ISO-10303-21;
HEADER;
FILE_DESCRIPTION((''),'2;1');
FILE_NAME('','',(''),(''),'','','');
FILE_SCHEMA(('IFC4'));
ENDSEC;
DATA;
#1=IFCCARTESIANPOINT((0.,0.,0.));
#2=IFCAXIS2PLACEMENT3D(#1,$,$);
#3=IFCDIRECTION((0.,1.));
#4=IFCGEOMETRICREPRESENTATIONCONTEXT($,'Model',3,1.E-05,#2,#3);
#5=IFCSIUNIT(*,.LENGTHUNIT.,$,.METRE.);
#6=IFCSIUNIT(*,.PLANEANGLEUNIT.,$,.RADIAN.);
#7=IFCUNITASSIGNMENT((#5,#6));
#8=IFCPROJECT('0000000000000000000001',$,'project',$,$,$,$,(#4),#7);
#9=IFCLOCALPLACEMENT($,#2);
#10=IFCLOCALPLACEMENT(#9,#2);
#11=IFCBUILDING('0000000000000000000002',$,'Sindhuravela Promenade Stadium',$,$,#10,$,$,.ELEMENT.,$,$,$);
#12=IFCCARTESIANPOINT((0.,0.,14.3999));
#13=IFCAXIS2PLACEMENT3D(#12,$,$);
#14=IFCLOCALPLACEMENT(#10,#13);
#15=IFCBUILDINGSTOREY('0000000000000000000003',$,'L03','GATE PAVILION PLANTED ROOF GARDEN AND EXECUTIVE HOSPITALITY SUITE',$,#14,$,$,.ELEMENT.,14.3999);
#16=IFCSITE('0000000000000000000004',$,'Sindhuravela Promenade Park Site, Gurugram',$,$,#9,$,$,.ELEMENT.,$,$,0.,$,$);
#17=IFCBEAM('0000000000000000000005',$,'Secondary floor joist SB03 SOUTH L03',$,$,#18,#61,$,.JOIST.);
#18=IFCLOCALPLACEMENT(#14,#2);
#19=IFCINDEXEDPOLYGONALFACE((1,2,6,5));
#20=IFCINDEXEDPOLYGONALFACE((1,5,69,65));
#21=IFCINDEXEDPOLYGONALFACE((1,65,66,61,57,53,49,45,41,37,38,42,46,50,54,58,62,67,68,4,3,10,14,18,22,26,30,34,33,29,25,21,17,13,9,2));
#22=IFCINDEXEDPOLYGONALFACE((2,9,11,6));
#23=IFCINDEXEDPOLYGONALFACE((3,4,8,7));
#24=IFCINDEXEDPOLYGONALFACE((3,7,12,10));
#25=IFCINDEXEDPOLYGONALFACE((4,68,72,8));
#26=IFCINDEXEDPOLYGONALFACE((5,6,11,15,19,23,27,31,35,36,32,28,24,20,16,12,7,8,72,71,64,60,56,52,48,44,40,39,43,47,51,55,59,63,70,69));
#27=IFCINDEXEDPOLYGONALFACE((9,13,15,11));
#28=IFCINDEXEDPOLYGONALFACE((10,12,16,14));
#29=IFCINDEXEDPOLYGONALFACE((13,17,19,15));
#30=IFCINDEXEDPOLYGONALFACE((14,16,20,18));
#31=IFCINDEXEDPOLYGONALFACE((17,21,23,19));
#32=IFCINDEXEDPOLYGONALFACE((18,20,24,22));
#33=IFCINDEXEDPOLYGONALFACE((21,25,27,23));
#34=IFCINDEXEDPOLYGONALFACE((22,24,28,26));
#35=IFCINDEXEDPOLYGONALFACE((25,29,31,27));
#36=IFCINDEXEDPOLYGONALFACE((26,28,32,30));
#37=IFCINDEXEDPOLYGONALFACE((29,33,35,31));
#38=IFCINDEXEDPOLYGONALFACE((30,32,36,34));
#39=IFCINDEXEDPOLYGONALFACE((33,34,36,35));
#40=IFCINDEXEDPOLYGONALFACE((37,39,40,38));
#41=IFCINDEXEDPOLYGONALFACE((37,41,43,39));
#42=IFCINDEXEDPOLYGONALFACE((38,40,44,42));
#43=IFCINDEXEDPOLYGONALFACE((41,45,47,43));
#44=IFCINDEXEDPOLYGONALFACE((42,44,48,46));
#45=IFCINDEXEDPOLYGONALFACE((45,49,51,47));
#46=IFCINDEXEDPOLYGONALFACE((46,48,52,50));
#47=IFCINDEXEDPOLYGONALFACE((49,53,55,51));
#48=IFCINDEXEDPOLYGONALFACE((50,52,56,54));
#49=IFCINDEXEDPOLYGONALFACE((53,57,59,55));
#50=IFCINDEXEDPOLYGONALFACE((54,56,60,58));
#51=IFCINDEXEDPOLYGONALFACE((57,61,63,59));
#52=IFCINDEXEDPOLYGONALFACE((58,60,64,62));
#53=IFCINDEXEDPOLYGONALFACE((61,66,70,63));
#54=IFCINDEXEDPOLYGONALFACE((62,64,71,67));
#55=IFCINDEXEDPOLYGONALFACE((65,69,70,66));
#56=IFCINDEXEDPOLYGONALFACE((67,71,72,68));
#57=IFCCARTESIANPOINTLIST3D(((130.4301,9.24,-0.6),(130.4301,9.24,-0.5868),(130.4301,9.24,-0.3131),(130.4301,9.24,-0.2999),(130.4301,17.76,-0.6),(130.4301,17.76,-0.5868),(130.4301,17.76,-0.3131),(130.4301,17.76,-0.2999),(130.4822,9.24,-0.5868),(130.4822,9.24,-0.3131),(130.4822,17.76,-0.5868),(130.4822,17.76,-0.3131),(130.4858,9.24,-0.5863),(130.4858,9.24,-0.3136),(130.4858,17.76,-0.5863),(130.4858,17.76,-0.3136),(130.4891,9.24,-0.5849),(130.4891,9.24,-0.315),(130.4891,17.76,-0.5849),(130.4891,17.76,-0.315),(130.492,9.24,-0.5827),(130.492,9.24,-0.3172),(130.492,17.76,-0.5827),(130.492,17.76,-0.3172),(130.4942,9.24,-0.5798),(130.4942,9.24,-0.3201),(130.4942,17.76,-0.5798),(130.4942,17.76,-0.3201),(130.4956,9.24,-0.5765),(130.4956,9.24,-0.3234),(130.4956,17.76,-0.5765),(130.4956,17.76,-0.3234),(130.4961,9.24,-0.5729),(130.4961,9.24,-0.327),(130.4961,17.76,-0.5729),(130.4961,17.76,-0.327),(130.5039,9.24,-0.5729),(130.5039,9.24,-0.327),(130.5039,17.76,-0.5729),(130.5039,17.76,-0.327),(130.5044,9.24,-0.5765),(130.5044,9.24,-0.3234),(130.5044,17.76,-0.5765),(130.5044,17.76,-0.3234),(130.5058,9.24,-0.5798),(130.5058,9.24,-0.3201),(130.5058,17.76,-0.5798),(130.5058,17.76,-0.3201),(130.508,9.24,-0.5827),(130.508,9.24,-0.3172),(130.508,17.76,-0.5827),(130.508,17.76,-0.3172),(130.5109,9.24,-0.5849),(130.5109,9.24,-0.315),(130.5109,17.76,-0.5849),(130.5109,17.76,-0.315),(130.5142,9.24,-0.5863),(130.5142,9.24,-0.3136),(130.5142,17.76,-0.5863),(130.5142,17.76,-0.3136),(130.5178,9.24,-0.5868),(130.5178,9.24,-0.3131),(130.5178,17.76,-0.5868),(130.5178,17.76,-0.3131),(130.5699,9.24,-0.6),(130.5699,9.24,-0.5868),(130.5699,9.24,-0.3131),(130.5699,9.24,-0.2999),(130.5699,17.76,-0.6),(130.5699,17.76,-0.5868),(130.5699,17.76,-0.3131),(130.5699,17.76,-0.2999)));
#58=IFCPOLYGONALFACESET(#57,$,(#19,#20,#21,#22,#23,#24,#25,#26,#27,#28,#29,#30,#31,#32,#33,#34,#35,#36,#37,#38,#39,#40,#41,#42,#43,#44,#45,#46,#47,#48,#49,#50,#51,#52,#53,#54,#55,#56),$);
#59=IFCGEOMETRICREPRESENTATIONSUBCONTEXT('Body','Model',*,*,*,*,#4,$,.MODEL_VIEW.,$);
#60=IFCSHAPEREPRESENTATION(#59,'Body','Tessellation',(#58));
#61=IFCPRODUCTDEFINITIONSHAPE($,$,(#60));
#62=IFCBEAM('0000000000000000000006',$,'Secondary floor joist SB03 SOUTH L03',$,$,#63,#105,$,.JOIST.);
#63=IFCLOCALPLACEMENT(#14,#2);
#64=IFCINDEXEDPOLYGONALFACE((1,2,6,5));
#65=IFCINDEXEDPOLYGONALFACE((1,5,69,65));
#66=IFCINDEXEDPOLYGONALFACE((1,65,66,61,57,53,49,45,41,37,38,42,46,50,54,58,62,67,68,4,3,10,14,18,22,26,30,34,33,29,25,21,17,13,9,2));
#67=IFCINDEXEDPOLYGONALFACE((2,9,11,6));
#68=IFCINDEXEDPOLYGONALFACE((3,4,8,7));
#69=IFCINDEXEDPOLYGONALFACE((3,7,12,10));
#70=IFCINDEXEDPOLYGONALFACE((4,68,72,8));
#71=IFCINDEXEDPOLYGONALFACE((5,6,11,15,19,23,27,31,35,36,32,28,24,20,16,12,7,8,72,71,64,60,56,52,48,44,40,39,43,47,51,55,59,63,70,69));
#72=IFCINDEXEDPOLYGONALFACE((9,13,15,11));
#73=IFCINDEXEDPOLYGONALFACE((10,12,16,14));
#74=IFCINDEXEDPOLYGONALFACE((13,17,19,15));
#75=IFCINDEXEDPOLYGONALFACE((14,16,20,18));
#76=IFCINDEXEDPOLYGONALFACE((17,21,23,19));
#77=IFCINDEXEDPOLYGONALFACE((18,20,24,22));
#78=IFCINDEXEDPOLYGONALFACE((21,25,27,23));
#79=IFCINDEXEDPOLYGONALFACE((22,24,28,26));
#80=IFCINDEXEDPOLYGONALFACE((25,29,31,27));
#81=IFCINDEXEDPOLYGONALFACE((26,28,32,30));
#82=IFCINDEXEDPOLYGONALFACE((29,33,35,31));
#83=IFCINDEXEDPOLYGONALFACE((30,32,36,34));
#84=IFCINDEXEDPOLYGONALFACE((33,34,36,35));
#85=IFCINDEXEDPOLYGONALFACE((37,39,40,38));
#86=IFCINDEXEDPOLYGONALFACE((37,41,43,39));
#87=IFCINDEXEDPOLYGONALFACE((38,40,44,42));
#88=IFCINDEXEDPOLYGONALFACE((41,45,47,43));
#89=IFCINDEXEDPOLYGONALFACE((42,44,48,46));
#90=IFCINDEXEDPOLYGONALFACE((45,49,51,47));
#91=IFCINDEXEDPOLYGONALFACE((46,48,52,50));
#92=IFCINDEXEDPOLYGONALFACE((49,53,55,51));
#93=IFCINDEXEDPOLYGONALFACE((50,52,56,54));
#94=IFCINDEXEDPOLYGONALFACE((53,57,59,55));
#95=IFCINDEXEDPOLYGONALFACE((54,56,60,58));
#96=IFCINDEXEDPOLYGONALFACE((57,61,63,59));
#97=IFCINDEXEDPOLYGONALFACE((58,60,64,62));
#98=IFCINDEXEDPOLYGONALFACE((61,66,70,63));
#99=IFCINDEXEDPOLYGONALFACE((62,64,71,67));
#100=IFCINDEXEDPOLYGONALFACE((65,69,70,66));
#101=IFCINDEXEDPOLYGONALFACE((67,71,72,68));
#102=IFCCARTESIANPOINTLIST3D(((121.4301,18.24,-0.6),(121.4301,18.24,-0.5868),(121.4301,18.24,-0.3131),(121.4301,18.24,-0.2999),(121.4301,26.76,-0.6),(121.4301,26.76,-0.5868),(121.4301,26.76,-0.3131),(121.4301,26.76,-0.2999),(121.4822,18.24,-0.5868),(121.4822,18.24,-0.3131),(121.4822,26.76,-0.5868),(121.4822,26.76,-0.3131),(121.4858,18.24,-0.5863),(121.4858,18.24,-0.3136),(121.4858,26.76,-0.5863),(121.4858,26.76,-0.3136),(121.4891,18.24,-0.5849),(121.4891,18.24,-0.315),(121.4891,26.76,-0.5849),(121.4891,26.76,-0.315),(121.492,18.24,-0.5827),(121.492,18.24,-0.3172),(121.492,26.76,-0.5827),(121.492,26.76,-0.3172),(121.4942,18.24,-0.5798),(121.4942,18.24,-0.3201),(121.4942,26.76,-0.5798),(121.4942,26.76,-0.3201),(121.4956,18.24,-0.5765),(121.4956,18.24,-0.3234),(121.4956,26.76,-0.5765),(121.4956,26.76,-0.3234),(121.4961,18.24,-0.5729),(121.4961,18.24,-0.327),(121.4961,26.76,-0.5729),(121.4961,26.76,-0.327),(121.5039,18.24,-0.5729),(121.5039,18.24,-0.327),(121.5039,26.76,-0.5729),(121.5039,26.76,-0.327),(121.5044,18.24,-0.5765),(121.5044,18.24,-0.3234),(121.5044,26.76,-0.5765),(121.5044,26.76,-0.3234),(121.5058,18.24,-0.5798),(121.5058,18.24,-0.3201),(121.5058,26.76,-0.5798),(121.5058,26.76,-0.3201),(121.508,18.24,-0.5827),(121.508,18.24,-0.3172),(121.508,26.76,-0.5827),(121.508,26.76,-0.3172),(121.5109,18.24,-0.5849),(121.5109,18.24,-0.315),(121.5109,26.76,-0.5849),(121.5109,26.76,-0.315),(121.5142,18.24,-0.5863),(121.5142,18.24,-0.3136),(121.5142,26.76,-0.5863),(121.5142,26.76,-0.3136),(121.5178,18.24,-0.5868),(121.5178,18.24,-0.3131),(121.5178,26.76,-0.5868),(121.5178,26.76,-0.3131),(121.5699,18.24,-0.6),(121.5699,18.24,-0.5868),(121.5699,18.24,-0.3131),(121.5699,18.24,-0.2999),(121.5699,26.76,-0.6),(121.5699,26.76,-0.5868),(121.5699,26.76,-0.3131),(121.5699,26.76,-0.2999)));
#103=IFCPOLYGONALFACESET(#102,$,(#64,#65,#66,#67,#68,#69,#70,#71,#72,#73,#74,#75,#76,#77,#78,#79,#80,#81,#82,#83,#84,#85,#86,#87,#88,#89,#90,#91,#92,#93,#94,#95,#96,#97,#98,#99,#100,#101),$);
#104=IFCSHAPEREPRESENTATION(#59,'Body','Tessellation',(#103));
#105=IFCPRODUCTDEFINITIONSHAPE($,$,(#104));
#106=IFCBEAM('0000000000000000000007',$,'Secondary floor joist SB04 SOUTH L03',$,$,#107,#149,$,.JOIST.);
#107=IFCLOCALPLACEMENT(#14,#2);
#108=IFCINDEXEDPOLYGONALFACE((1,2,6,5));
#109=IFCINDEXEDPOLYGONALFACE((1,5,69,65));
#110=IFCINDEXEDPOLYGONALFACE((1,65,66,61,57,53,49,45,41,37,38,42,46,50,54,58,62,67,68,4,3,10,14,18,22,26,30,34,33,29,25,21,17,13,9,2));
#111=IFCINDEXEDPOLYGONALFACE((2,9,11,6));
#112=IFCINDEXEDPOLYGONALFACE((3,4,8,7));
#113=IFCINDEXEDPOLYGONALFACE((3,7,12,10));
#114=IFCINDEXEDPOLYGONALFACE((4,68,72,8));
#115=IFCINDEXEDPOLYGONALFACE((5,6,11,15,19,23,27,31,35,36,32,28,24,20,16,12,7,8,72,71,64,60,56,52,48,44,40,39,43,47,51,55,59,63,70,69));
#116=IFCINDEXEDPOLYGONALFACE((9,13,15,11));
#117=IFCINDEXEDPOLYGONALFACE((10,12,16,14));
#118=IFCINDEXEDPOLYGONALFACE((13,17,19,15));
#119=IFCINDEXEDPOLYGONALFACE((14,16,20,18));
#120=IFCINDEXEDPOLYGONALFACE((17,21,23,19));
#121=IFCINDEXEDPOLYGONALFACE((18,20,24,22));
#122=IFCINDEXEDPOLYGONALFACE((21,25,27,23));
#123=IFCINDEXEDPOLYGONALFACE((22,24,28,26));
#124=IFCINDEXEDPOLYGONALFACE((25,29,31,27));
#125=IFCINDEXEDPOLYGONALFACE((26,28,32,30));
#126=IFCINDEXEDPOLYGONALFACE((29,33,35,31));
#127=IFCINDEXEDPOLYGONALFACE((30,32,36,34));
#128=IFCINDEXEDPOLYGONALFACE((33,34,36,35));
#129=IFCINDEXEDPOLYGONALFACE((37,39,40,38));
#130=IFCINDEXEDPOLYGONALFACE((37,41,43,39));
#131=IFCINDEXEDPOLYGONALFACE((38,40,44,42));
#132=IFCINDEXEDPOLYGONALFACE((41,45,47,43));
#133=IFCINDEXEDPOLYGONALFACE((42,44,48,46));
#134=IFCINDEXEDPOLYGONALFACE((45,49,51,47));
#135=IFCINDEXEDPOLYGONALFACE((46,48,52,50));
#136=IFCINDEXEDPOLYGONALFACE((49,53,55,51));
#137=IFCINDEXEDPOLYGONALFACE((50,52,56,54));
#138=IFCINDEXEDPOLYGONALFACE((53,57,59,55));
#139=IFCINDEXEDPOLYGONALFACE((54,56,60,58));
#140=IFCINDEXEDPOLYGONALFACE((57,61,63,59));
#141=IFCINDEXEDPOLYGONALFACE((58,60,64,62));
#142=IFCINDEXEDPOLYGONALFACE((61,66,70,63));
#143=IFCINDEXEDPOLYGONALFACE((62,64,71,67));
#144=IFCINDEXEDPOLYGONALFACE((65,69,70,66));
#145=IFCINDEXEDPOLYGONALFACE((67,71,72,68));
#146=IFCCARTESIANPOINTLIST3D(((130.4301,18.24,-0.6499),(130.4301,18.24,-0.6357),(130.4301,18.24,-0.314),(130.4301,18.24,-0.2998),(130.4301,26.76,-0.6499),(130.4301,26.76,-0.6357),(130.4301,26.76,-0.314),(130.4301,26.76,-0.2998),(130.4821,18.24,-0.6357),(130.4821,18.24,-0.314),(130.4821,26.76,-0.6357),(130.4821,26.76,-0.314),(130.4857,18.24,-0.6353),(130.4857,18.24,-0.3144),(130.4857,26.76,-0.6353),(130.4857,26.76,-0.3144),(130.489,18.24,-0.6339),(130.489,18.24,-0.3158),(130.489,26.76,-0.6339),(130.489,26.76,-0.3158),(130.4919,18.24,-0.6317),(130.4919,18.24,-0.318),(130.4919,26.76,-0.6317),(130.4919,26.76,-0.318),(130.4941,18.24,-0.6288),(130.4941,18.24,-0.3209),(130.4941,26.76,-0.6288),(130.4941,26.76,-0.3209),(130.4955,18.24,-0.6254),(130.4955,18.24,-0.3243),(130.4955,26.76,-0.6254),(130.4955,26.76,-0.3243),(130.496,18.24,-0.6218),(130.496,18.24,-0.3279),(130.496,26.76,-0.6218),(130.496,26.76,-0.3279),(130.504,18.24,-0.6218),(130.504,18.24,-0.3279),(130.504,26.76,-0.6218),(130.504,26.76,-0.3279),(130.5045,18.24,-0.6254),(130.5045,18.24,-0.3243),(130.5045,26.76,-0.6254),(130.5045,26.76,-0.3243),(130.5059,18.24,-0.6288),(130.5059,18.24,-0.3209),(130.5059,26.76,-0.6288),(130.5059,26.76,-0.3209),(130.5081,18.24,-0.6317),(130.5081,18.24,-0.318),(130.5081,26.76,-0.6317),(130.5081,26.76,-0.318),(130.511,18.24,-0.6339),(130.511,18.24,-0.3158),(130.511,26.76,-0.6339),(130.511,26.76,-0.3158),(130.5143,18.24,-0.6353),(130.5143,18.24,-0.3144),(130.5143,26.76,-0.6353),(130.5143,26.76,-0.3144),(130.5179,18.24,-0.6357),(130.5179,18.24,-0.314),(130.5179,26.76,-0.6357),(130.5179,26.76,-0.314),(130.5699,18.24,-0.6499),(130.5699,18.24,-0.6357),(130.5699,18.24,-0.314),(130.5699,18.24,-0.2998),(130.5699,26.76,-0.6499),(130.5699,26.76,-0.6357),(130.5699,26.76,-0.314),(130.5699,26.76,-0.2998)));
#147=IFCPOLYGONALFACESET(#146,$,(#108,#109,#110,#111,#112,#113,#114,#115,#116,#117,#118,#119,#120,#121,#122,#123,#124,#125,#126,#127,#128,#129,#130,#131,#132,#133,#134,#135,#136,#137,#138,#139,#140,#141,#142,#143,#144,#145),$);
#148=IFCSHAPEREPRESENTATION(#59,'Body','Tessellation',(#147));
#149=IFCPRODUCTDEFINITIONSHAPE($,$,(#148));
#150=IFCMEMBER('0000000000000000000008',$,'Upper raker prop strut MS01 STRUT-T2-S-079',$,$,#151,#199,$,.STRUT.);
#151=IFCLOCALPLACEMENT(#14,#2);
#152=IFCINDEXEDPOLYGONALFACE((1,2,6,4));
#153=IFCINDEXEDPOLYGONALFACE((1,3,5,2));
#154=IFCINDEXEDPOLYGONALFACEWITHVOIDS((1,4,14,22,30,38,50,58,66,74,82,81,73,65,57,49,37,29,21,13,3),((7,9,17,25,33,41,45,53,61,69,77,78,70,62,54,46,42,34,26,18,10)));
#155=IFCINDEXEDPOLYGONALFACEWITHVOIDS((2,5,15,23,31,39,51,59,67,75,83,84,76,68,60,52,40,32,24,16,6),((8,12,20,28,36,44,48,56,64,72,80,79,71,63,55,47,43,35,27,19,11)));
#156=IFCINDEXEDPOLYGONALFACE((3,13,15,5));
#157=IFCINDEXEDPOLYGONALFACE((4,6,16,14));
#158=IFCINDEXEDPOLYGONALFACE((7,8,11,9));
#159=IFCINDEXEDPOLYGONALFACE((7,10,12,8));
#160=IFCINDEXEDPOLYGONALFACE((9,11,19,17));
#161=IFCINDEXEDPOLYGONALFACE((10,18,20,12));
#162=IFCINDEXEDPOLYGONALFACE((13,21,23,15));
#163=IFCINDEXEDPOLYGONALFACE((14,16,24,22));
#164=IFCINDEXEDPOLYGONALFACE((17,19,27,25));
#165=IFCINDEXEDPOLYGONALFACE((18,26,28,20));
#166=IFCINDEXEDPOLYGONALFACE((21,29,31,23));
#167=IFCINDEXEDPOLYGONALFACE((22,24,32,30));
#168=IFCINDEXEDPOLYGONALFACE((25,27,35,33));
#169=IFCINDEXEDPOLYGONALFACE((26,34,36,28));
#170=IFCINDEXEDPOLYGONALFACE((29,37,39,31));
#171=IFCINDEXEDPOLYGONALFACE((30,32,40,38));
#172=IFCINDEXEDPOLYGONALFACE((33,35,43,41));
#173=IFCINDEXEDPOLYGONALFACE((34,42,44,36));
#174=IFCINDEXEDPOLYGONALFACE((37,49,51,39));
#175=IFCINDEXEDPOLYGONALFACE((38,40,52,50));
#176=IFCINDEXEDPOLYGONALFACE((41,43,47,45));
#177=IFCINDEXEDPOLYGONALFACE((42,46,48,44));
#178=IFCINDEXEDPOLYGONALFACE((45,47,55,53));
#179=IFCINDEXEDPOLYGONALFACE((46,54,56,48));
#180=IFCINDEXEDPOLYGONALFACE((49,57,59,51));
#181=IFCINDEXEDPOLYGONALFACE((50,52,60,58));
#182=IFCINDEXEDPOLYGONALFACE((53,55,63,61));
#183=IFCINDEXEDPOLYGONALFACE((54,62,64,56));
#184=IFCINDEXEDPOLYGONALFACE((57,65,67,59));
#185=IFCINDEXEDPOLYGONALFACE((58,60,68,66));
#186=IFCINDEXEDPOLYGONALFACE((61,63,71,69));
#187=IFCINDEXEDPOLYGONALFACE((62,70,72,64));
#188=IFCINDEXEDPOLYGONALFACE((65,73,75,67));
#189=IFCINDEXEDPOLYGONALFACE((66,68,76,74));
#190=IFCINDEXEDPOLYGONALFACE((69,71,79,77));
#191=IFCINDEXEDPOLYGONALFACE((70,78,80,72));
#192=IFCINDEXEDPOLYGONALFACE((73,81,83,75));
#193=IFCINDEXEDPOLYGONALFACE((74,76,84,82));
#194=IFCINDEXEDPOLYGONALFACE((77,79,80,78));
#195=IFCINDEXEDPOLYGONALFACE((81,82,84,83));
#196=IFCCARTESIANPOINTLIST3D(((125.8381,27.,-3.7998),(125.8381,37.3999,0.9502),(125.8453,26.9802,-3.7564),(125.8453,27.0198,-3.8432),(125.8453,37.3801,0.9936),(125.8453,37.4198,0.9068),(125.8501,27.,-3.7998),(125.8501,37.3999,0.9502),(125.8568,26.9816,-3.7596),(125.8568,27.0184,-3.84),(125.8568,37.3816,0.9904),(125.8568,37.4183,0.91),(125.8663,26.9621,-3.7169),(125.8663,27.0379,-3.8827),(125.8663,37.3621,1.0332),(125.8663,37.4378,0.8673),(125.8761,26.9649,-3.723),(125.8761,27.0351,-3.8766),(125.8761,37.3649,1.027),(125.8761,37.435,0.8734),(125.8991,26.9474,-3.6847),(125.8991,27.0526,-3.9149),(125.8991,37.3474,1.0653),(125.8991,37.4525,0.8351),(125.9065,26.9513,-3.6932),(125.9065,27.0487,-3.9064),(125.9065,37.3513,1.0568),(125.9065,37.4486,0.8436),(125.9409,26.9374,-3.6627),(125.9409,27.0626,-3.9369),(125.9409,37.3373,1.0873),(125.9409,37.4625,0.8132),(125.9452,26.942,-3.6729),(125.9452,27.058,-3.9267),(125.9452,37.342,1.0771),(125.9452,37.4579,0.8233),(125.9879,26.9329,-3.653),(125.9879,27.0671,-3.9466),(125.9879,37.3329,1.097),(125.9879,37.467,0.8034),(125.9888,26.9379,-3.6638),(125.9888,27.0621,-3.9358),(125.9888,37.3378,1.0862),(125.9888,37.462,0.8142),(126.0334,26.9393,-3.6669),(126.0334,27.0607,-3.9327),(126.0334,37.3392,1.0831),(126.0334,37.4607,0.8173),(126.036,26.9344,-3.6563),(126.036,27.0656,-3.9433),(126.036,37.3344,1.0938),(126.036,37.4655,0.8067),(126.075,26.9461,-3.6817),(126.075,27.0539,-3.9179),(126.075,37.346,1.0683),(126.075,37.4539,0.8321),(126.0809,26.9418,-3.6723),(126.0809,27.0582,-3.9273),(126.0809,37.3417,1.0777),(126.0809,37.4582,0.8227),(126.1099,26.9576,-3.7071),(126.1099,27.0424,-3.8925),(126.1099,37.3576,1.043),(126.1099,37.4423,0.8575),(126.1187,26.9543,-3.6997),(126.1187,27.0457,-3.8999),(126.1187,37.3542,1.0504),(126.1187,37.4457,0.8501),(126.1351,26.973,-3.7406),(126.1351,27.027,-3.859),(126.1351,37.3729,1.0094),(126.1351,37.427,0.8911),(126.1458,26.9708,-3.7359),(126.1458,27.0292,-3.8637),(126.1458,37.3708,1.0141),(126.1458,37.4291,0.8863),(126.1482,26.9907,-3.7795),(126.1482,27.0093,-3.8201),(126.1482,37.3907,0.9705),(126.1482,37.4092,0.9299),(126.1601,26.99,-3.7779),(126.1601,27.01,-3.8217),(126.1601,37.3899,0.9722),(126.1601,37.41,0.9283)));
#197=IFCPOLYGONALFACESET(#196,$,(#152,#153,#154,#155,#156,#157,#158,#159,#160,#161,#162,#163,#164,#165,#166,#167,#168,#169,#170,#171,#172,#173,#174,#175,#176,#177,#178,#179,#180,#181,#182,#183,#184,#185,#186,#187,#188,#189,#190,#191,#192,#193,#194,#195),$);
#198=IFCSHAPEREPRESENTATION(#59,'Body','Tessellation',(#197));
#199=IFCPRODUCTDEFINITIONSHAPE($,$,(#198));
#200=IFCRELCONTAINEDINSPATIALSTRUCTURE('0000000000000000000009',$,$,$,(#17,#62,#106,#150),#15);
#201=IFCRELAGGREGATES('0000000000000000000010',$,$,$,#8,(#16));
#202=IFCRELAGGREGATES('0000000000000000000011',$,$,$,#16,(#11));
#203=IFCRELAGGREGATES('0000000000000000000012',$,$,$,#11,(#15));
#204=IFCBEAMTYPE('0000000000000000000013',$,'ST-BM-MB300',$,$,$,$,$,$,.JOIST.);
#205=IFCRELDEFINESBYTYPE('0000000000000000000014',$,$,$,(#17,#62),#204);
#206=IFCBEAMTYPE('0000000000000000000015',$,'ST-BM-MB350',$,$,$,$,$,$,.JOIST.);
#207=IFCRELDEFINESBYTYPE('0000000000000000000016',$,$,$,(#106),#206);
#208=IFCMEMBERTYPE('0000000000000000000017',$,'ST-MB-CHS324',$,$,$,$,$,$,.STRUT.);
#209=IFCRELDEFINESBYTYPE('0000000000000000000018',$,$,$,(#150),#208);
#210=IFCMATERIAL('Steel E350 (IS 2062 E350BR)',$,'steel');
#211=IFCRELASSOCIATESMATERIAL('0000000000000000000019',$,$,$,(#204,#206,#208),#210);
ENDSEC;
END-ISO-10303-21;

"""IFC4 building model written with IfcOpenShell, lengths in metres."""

from ifc_helpers import new_model, si_unit, direction, frame, origin, origin_2d, place, context, subcontext, project, spatial, hollow_circle, i_section, extrude, material, material_profile, profile_set, type_object, element, save


model = new_model("IFC4")

# Units and contexts
model_context = context("Model", 3, precision=1e-05, world=origin(), true_north=direction((0.0, 1.0)))
body_context = subcontext(model_context, "Body", "Model", "MODEL_VIEW")
ifc_project = project(units=[si_unit("LENGTHUNIT", "METRE"), si_unit("PLANEANGLEUNIT", "RADIAN")], contexts=[model_context])

# Site, building, storey
site_placement = place(None, origin())
site = spatial("IfcSite", under=ifc_project, at=site_placement, Name="Sindhuravela Promenade Park Site, Gurugram", CompositionType="ELEMENT", RefElevation=0.0)
building_placement = place(site_placement, origin())
building = spatial("IfcBuilding", under=site, at=building_placement, Name="Sindhuravela Promenade Stadium", CompositionType="ELEMENT")
storey_placement = place(building_placement, frame((0.0, 0.0, 14.3999)))
storey = spatial("IfcBuildingStorey", under=building, at=storey_placement, Name="L03", Description="GATE PAVILION PLANTED ROOF GARDEN AND EXECUTIVE HOSPITALITY SUITE", CompositionType="ELEMENT", Elevation=14.3999)

# Beams
ifc_material_1 = material(Name="Steel E350 (IS 2062 E350BR)", Category="steel")
ifc_material_profile_1 = material_profile(ifc_material_1, i_section(OverallWidth=0.1399, OverallDepth=0.3, WebThickness=0.0078, FlangeThickness=0.0132, FilletRadius=0.0139, at=origin_2d()), Name="ISMB 300")
ifc_profile_set_1 = profile_set([ifc_material_profile_1], Name="Steel E350 (IS 2062 E350BR)")
beam_type_1 = type_object("IfcBeamType", Name="ST-BM-MB300", PredefinedType="JOIST", material=ifc_profile_set_1)
for number, where, z_axis, x_axis, name in (
    (1, (130.5, 9.24, -0.45), (0.0, 1.0, 0.0), (-1.0, 0.0, 0.0), "Secondary floor joist SB03 SOUTH L03"),
    (2, (121.5, 18.24, -0.45), (0.0, 1.0, 0.0), (-1.0, 0.0, 0.0), "Secondary floor joist SB03 SOUTH L03"),
):
    element("IfcBeam", number, at=place(storey_placement, frame(where, z_axis=z_axis, x_axis=x_axis)), inside=storey, type_object=beam_type_1, Name=name, PredefinedType="JOIST", context=body_context, shape_type="SweptSolid", body=[
        extrude(i_section(OverallWidth=0.1399, OverallDepth=0.3, WebThickness=0.0078, FlangeThickness=0.0132, FilletRadius=0.0139, at=origin_2d()), origin(), (0.0, 0.0, 1.0), 8.52),
    ])
ifc_material_profile_2 = material_profile(ifc_material_1, i_section(OverallWidth=0.1399, OverallDepth=0.3501, WebThickness=0.0081, FlangeThickness=0.0142, FilletRadius=0.0139, at=origin_2d()), Name="ISMB 350")
ifc_profile_set_2 = profile_set([ifc_material_profile_2], Name="Steel E350 (IS 2062 E350BR)")
beam_type_2 = type_object("IfcBeamType", Name="ST-BM-MB350", PredefinedType="JOIST", material=ifc_profile_set_2)
beam_1_placement = place(storey_placement, frame((130.5, 18.24, -0.4749), z_axis=(0.0, 1.0, 0.0), x_axis=(-1.0, 0.0, 0.0)))
element("IfcBeam", 3, at=beam_1_placement, inside=storey, type_object=beam_type_2, Name="Secondary floor joist SB04 SOUTH L03", PredefinedType="JOIST", context=body_context, shape_type="SweptSolid", body=[
    extrude(i_section(OverallWidth=0.1399, OverallDepth=0.3501, WebThickness=0.0081, FlangeThickness=0.0142, FilletRadius=0.0139, at=origin_2d()), origin(), (0.0, 0.0, 1.0), 8.52),
])

# Member
ifc_material_profile_3 = material_profile(ifc_material_1, hollow_circle(Radius=0.1619, WallThickness=0.012, at=origin_2d()), Name="CHS 323.9x12")
ifc_profile_set_3 = profile_set([ifc_material_profile_3], Name="Steel E350 (IS 2062 E350BR)")
member_type = type_object("IfcMemberType", Name="ST-MB-CHS324", PredefinedType="STRUT", material=ifc_profile_set_3)
member_placement = place(storey_placement, frame((126.0, 27.0, -3.7998), z_axis=(0.0, 0.909615, 0.415453), x_axis=(-1.0, 0.0, 0.0)))
element("IfcMember", 4, at=member_placement, inside=storey, type_object=member_type, Name="Upper raker prop strut MS01 STRUT-T2-S-079", PredefinedType="STRUT", context=body_context, shape_type="SweptSolid", body=[
    extrude(hollow_circle(Radius=0.1619, WallThickness=0.012, at=origin_2d()), origin(), (0.0, 0.0, 1.0), 11.4333),
])

save(model, "model.ifc")
